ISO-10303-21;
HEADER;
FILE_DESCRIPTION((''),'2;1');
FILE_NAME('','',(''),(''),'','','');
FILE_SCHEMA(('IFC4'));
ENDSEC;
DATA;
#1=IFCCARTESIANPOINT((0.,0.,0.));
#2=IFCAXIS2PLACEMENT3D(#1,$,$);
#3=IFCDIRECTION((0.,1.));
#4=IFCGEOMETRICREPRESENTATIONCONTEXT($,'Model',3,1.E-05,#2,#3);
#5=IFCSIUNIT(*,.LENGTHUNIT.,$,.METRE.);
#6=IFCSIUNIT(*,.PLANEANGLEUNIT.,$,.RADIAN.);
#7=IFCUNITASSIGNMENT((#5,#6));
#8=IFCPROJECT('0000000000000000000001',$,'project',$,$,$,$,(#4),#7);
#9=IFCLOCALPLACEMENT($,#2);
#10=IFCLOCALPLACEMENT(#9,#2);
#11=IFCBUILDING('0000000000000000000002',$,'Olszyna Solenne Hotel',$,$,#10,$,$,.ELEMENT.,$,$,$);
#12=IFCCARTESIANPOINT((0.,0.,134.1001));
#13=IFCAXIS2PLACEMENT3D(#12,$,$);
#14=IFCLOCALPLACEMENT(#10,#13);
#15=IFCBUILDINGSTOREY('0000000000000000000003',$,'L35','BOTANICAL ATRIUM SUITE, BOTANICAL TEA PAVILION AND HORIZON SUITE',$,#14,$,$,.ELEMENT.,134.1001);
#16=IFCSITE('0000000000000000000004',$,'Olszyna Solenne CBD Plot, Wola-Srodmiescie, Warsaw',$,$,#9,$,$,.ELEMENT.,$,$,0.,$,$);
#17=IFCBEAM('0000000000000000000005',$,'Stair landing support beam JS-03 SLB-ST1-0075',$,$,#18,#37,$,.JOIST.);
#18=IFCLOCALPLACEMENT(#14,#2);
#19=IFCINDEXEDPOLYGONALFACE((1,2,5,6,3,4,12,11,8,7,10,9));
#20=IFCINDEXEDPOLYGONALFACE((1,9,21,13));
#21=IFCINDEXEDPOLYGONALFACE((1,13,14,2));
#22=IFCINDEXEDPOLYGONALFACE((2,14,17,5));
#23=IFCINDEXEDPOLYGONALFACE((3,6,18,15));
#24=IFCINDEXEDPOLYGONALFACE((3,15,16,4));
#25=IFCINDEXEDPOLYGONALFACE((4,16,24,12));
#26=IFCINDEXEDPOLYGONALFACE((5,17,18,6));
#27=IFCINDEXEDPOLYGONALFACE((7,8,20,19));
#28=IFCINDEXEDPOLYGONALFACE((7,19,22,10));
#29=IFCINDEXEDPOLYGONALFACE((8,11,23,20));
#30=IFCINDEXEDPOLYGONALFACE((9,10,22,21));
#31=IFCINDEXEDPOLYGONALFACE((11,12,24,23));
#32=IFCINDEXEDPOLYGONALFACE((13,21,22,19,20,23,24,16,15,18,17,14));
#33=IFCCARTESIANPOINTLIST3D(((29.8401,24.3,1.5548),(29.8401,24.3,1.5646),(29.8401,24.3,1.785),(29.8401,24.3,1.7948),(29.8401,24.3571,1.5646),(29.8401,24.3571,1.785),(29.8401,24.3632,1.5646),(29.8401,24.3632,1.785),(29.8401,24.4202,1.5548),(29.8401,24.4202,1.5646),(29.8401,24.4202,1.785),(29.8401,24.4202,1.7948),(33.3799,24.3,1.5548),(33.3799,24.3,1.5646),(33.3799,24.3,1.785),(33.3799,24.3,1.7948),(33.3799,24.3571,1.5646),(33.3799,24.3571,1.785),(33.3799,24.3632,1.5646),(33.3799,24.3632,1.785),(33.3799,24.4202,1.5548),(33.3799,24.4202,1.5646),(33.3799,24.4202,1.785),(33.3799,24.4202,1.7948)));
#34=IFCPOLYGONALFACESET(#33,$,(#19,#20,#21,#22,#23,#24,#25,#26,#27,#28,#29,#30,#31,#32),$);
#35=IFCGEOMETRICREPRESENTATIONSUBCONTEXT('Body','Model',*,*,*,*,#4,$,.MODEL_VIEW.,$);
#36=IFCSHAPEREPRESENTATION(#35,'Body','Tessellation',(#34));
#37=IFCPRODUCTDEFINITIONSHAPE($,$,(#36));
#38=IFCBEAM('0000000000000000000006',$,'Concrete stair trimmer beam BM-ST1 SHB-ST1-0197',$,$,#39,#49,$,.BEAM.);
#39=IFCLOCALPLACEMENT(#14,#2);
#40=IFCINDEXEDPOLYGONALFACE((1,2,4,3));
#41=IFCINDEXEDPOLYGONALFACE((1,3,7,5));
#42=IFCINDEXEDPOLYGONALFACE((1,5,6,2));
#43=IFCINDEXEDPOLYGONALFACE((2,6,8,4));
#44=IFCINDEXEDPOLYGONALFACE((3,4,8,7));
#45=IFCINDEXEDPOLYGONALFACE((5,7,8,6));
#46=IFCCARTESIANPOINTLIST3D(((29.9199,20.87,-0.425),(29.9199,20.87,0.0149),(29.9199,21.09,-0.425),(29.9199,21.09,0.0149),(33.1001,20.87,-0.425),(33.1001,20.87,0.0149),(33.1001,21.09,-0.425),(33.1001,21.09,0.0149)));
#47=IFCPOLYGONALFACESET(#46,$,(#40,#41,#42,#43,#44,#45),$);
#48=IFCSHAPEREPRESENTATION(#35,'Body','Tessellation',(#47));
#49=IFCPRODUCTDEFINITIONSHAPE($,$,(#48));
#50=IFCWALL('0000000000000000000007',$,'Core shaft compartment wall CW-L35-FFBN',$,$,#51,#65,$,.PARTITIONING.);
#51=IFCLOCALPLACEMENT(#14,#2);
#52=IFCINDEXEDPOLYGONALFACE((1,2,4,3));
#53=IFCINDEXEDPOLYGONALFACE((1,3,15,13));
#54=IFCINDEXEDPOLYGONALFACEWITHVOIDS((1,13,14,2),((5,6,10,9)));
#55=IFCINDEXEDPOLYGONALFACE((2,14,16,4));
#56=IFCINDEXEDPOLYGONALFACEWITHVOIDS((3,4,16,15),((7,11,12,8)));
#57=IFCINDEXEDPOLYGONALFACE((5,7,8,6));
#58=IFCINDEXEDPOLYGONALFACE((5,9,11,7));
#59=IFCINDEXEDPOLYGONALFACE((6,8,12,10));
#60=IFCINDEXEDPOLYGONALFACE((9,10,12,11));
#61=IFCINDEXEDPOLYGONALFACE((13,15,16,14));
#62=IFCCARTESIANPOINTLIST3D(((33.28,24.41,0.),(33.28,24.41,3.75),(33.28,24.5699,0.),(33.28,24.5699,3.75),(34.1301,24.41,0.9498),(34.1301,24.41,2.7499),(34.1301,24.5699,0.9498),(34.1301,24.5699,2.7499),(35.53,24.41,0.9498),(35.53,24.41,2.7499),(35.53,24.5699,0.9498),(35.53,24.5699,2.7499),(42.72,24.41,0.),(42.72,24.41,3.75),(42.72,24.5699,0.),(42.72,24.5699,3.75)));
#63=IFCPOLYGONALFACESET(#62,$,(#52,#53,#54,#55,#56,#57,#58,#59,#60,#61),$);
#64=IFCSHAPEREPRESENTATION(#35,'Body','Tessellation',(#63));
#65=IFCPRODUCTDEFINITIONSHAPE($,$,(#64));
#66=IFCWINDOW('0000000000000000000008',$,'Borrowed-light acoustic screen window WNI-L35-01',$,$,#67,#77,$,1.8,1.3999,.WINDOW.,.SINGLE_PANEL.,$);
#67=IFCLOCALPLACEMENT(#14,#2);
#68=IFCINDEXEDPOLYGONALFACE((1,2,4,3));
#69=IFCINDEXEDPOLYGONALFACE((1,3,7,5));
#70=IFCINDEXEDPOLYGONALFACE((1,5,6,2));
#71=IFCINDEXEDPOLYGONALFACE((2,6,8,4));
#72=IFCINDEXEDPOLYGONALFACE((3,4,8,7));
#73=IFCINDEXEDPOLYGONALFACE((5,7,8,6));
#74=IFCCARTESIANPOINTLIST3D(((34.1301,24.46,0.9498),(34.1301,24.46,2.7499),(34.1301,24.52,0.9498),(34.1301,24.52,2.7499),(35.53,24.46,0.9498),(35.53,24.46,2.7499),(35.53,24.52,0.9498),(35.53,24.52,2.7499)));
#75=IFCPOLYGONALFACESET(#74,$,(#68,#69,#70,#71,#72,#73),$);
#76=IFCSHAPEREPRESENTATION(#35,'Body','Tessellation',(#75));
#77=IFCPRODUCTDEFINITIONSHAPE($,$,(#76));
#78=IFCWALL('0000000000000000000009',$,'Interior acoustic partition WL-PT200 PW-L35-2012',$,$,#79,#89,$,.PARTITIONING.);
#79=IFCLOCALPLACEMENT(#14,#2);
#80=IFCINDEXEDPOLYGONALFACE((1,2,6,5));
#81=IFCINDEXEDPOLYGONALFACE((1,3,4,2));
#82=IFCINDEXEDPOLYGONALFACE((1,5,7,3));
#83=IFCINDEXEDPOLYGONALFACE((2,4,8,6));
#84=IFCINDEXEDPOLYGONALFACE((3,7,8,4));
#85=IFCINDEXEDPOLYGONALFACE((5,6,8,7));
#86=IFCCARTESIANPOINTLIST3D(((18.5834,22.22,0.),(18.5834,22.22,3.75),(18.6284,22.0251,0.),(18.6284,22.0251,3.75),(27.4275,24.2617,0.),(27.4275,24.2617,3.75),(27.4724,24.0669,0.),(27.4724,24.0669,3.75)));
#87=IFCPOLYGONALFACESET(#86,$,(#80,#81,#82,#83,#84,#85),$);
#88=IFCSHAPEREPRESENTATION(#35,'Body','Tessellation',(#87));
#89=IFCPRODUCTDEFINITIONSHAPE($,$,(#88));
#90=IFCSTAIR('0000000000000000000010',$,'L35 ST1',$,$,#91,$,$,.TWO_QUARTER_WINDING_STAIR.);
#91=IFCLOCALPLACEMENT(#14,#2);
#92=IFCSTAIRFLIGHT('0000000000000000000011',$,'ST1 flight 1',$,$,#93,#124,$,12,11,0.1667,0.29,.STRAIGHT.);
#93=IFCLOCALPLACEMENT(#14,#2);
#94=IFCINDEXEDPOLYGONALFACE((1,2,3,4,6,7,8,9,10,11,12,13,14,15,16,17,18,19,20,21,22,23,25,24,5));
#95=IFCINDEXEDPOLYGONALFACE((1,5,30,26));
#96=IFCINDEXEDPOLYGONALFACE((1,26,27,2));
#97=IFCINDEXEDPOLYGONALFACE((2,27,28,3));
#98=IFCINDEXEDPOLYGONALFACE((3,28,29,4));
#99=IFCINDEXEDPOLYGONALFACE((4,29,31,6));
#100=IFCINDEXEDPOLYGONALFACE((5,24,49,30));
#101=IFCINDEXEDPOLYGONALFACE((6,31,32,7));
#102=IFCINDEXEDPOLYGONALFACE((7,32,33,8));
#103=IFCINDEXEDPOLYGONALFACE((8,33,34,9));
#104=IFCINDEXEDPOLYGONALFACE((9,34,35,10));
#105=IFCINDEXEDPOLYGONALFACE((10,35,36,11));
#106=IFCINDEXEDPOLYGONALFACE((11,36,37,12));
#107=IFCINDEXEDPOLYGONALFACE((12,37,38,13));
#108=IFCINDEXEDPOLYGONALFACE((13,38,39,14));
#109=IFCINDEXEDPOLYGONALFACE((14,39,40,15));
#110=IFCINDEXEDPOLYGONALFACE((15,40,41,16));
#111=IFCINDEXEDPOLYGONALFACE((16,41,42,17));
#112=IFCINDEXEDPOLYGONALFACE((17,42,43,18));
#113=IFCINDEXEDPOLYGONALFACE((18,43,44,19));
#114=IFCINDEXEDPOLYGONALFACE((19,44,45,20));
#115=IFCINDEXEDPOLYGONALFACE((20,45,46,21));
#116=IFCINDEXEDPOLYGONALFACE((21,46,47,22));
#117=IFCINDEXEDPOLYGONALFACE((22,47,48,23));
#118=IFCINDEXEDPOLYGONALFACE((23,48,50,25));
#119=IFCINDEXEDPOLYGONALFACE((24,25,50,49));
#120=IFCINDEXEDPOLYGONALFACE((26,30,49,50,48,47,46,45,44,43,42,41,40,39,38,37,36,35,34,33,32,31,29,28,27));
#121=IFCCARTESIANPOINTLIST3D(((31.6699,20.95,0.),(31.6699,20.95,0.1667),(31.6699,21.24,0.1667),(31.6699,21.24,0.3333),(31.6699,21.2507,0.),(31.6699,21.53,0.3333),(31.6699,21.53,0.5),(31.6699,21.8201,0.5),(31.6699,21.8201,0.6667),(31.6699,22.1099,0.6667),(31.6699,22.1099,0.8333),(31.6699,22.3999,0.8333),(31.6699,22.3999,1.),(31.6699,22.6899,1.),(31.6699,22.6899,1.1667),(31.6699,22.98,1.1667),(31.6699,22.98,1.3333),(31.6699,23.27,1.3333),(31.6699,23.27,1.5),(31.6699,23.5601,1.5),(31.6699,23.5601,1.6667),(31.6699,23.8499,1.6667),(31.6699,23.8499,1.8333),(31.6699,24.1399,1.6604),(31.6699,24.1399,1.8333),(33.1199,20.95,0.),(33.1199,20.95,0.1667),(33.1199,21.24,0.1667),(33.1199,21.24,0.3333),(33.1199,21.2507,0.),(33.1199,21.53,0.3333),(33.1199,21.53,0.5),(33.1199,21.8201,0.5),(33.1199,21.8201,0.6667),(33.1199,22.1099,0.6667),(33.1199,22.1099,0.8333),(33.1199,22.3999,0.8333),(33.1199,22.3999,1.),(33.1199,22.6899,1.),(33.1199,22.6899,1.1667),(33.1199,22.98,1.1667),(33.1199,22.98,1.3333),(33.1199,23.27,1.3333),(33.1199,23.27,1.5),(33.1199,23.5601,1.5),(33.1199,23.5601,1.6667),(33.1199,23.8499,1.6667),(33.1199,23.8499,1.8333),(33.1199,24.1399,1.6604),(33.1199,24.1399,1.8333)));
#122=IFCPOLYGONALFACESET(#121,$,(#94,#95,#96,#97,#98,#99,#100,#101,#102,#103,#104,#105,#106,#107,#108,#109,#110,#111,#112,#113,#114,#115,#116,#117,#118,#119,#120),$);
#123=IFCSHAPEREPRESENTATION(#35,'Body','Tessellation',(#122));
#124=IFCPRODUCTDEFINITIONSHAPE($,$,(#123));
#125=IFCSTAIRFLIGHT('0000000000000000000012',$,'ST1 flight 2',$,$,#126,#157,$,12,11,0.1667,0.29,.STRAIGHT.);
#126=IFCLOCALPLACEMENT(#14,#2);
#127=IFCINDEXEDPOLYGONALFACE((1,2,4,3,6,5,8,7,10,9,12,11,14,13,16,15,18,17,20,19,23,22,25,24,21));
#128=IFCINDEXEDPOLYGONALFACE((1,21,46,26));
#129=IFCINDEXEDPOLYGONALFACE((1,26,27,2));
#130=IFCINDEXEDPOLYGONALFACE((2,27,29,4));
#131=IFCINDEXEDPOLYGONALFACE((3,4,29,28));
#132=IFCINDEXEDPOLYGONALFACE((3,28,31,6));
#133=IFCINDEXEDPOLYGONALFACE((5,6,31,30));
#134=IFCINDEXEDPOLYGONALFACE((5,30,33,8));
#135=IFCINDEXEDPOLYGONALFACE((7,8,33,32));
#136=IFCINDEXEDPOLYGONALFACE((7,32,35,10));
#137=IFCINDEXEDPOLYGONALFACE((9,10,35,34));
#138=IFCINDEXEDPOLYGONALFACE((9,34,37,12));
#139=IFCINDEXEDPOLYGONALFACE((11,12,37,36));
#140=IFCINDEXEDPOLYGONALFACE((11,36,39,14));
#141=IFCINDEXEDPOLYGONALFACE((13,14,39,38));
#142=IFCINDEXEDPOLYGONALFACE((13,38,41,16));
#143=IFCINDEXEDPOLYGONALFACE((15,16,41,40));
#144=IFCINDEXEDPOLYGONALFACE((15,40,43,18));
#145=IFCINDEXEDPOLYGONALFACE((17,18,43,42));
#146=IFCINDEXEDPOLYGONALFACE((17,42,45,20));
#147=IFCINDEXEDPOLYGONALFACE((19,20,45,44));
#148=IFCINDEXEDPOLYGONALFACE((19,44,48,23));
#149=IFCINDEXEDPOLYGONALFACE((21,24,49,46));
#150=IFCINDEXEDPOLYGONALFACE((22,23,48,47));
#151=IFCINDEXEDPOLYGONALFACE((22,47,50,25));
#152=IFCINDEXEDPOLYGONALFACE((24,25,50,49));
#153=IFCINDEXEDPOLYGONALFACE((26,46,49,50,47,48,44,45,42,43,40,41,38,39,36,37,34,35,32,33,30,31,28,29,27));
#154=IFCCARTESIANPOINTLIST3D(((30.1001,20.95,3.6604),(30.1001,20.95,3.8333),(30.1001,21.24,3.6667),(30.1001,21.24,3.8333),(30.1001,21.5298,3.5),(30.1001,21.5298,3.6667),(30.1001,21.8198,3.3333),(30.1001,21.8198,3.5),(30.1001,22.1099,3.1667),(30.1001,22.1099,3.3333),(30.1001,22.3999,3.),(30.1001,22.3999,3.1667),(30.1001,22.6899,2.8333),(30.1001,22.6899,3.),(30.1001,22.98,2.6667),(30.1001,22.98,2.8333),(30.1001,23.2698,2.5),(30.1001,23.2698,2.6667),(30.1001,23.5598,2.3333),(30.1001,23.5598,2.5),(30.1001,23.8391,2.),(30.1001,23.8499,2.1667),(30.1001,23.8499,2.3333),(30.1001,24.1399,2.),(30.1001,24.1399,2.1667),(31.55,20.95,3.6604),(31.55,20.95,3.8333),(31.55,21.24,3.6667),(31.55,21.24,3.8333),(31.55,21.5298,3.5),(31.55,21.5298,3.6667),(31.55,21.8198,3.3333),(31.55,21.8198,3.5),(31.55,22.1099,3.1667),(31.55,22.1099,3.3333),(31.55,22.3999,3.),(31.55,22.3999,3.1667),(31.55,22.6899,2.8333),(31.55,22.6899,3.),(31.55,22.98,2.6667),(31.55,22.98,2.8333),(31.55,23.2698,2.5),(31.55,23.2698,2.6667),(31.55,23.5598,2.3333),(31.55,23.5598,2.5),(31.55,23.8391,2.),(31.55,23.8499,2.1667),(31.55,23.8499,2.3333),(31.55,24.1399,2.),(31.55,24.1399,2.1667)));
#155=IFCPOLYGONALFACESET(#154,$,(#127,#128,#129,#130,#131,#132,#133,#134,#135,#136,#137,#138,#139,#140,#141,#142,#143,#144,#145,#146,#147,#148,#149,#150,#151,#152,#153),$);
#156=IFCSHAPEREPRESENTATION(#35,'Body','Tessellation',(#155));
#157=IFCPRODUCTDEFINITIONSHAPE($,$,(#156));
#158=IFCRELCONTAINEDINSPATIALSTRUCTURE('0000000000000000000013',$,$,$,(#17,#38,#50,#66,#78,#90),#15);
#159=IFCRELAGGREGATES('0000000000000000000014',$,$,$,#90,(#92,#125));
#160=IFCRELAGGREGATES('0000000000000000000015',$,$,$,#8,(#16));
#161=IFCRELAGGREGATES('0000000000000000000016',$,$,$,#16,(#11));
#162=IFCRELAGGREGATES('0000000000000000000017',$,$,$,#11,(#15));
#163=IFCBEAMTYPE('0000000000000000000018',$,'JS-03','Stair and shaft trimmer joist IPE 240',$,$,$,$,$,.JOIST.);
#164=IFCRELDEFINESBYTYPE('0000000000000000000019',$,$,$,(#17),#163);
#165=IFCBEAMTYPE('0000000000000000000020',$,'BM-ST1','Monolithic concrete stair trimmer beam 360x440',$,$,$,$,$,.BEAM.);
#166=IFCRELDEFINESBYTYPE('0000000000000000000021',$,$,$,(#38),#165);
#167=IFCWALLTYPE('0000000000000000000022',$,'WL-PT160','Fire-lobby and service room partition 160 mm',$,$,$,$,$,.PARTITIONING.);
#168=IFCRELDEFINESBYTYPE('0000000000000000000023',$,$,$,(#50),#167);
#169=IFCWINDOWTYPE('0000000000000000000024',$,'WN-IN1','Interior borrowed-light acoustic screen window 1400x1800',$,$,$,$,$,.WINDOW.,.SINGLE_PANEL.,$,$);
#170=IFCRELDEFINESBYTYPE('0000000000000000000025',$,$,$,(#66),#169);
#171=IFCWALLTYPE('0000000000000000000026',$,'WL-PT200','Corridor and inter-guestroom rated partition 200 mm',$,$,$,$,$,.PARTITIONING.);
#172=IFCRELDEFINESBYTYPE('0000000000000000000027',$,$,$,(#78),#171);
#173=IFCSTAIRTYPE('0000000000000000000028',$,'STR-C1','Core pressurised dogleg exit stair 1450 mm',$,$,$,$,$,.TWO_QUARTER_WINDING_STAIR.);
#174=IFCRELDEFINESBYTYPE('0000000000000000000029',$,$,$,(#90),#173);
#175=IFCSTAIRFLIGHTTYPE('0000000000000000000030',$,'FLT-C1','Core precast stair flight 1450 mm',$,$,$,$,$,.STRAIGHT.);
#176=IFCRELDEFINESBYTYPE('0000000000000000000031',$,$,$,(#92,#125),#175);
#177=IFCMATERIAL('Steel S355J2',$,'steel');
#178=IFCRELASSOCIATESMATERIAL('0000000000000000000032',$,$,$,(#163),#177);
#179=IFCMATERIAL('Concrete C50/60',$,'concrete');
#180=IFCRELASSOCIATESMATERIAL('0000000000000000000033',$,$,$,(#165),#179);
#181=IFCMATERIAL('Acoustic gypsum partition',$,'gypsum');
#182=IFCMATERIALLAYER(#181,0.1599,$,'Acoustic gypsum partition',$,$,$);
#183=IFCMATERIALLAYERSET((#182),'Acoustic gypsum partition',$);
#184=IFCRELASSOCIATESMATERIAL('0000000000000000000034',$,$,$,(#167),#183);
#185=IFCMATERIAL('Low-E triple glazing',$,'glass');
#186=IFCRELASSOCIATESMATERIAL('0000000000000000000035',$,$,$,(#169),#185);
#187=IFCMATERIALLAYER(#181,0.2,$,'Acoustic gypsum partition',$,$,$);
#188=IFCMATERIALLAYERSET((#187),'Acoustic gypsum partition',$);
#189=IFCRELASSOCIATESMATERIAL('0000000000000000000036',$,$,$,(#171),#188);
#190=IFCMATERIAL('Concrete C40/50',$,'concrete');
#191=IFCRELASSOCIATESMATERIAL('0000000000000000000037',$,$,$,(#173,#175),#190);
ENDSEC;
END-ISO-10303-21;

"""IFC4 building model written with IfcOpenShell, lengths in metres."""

from ifc_helpers import new_model, si_unit, direction, frame, frame_2d, origin, origin_2d, place, context, subcontext, project, spatial, polyline, rectangle, i_section, outline, extrude, source, transform, mapped, material, layer, layer_set, material_profile, profile_set, type_object, type_shapes, element, fill, aggregate, save


model = new_model("IFC4")

# Units and contexts
model_context = context("Model", 3, precision=1e-05, world=origin(), true_north=direction((0.0, 1.0)))
body_context = subcontext(model_context, "Body", "Model", "MODEL_VIEW")
ifc_project = project(units=[si_unit("LENGTHUNIT", "METRE"), si_unit("PLANEANGLEUNIT", "RADIAN")], contexts=[model_context])

# Site, building, storey
site_placement = place(None, origin())
site = spatial("IfcSite", under=ifc_project, at=site_placement, Name="Olszyna Solenne CBD Plot, Wola-Srodmiescie, Warsaw", CompositionType="ELEMENT", RefElevation=0.0)
building_placement = place(site_placement, origin())
building = spatial("IfcBuilding", under=site, at=building_placement, Name="Olszyna Solenne Hotel", CompositionType="ELEMENT")
storey_placement = place(building_placement, frame((0.0, 0.0, 134.1001)))
storey = spatial("IfcBuildingStorey", under=building, at=storey_placement, Name="L35", Description="BOTANICAL ATRIUM SUITE, BOTANICAL TEA PAVILION AND HORIZON SUITE", CompositionType="ELEMENT", Elevation=134.1001)

# Beams
ifc_material_1 = material(Name="Steel S355J2", Category="steel")
ifc_material_profile_1 = material_profile(ifc_material_1, i_section(OverallWidth=0.1201, OverallDepth=0.24, WebThickness=0.0061, FlangeThickness=0.0098, at=origin_2d()), Name="IPE 240", Category="load-bearing")
ifc_profile_set_1 = profile_set([ifc_material_profile_1], Name="Steel S355J2")
beam_type_1 = type_object("IfcBeamType", Name="JS-03", Description="Stair and shaft trimmer joist IPE 240", PredefinedType="JOIST", material=ifc_profile_set_1)
shared_shape_1 = source(origin(), body_context, "Body", "SweptSolid", [
    extrude(i_section(OverallWidth=0.1201, OverallDepth=0.24, WebThickness=0.0061, FlangeThickness=0.0098, at=origin_2d()), origin(), (0.0, 0.0, 1.0), 3.5398),
])
beam_1_placement = place(storey_placement, frame((33.3799, 24.3601, 1.6748), z_axis=(-1.0, 0.0, 0.0), x_axis=(0.0, -1.0, 0.0)))
element("IfcBeam", 1, at=beam_1_placement, inside=storey, type_object=beam_type_1, Name="Stair landing support beam JS-03 SLB-ST1-0075", PredefinedType="JOIST", context=body_context, shape_type="MappedRepresentation", body=[
    mapped(shared_shape_1, transform((0.0, 0.0, 0.0), x_axis=(1.0, 0.0, 0.0), y_axis=(0.0, 1.0, 0.0), z_axis=(0.0, 0.0, 1.0), scale=1.0)),
])
ifc_material_2 = material(Name="Concrete C50/60", Category="concrete")
ifc_material_profile_2 = material_profile(ifc_material_2, rectangle(XDim=0.22, YDim=0.4399, at=origin_2d()), Name="RC 220x440", Category="load-bearing")
ifc_profile_set_2 = profile_set([ifc_material_profile_2], Name="Concrete C50/60")
beam_type_2 = type_object("IfcBeamType", Name="BM-ST1", Description="Monolithic concrete stair trimmer beam 360x440", PredefinedType="BEAM", material=ifc_profile_set_2)
shared_shape_2 = source(origin(), body_context, "Body", "SweptSolid", [
    extrude(rectangle(XDim=0.22, YDim=0.4399, at=origin_2d()), origin(), (0.0, 0.0, 1.0), 3.1802),
])
beam_2_placement = place(storey_placement, frame((33.1001, 20.98, -0.2051), z_axis=(-1.0, 0.0, 0.0), x_axis=(0.0, -1.0, 0.0)))
element("IfcBeam", 2, at=beam_2_placement, inside=storey, type_object=beam_type_2, Name="Concrete stair trimmer beam BM-ST1 SHB-ST1-0197", PredefinedType="BEAM", context=body_context, shape_type="MappedRepresentation", body=[
    mapped(shared_shape_2, transform((0.0, 0.0, 0.0), x_axis=(1.0, 0.0, 0.0), y_axis=(0.0, 1.0, 0.0), z_axis=(0.0, 0.0, 1.0), scale=1.0)),
])

# Wall, opening, window
ifc_material_3 = material(Name="Acoustic gypsum partition", Category="gypsum")
ifc_layer_1 = layer(ifc_material_3, 0.1599, Name="Acoustic gypsum partition")
ifc_layer_set_1 = layer_set([ifc_layer_1], Name="Acoustic gypsum partition")
wall_type_1 = type_object("IfcWallType", Name="WL-PT160", Description="Fire-lobby and service room partition 160 mm", PredefinedType="PARTITIONING", material=ifc_layer_set_1)
wall_1_placement = place(storey_placement, frame((33.28, 24.49, 0.0), z_axis=(0.0, 0.0, 1.0), x_axis=(1.0, 0.0, 0.0)))
wall_1 = element("IfcWall", 3, at=wall_1_placement, inside=storey, type_object=wall_type_1, Name="Core shaft compartment wall CW-L35-FFBN", PredefinedType="PARTITIONING", context=body_context, shape_type="SweptSolid", body=[
    extrude(rectangle(XDim=9.4399, YDim=0.1599, at=frame_2d((4.72, 0.0))), origin(), (0.0, 0.0, 1.0), 3.75),
])
opening_placement = place(wall_1_placement, frame((0.8501, 0.0, 0.95)))
opening = element("IfcOpeningElement", 4, at=opening_placement, cuts=wall_1, PredefinedType="OPENING", context=body_context, shape_type="SweptSolid", body=[
    extrude(rectangle(XDim=1.3999, YDim=1.8, at=frame_2d((0.7, 0.8999))), frame((0.0, 0.0898, 0.0), z_axis=(0.0, -1.0, 0.0), x_axis=(1.0, 0.0, 0.0)), (0.0, 0.0, 1.0), 0.1799),
])
ifc_material_4 = material(Name="Low-E triple glazing", Category="glass")
window_type = type_object("IfcWindowType", Name="WN-IN1", Description="Interior borrowed-light acoustic screen window 1400x1800", PartitioningType="SINGLE_PANEL", PredefinedType="WINDOW", material=ifc_material_4)
shared_shape_3 = source(origin(), body_context, "Body", "SweptSolid", [
    extrude(rectangle(XDim=1.3999, YDim=1.8, at=frame_2d((0.7, 0.8999))), frame((0.0, 0.03, 0.0), z_axis=(0.0, -1.0, 0.0), x_axis=(1.0, 0.0, 0.0)), (0.0, 0.0, 1.0), 0.0601),
])
type_shapes(window_type, [shared_shape_3])
window_placement = place(opening_placement, origin())
window = element("IfcWindow", 5, at=window_placement, inside=storey, type_object=window_type, Name="Borrowed-light acoustic screen window WNI-L35-01", OverallHeight=1.8, OverallWidth=1.3999, PartitioningType="SINGLE_PANEL", PredefinedType="WINDOW", context=body_context, shape_type="MappedRepresentation", body=[
    mapped(shared_shape_3, transform((0.0, 0.0, 0.0), x_axis=(1.0, 0.0, 0.0), y_axis=(0.0, 1.0, 0.0), z_axis=(0.0, 0.0, 1.0), scale=1.0)),
])
fill(opening, window)

# Wall
ifc_layer_2 = layer(ifc_material_3, 0.2, Name="Acoustic gypsum partition")
ifc_layer_set_2 = layer_set([ifc_layer_2], Name="Acoustic gypsum partition")
wall_type_2 = type_object("IfcWallType", Name="WL-PT200", Description="Corridor and inter-guestroom rated partition 200 mm", PredefinedType="PARTITIONING", material=ifc_layer_set_2)
wall_2_placement = place(storey_placement, frame((27.45, 24.1643, 0.0), z_axis=(0.0, 0.0, 1.0), x_axis=(-0.974371, -0.224946, 0.0)))
element("IfcWall", 6, at=wall_2_placement, inside=storey, type_object=wall_type_2, Name="Interior acoustic partition WL-PT200 PW-L35-2012", PredefinedType="PARTITIONING", context=body_context, shape_type="SweptSolid", body=[
    extrude(rectangle(XDim=9.0767, YDim=0.2, at=frame_2d((4.5383, 0.0))), origin(), (0.0, 0.0, 1.0), 3.75),
])

# Stair, stair flights
ifc_material_5 = material(Name="Concrete C40/50", Category="concrete")
stair_type = type_object("IfcStairType", Name="STR-C1", Description="Core pressurised dogleg exit stair 1450 mm", PredefinedType="TWO_QUARTER_WINDING_STAIR", material=ifc_material_5)
stair_placement = place(storey_placement, origin())
stair = element("IfcStair", 7, at=stair_placement, inside=storey, type_object=stair_type, Name="L35 ST1", PredefinedType="TWO_QUARTER_WINDING_STAIR")
stair_flight_type = type_object("IfcStairFlightType", Name="FLT-C1", Description="Core precast stair flight 1450 mm", PredefinedType="STRAIGHT", material=ifc_material_5)
stair_flight_1_placement = place(storey_placement, frame((32.395, 20.95, 0.0), z_axis=(0.0, 0.0, 1.0), x_axis=(0.0, 1.0, 0.0)))
stair_flight_1 = element("IfcStairFlight", 8, at=stair_flight_1_placement, type_object=stair_flight_type, Name="ST1 flight 1", NumberOfRisers=12, NumberOfTreads=11, PredefinedType="STRAIGHT", RiserHeight=0.1667, TreadLength=0.29, context=body_context, shape_type="SweptSolid", body=[
    extrude(outline(polyline([(0.0, 0.0), (0.0, 0.1667), (0.29, 0.1667), (0.29, 0.3333), (0.5801, 0.3333), (0.5801, 0.5), (0.8701, 0.5), (0.8701, 0.6667), (1.1599, 0.6667), (1.1599, 0.8333), (1.45, 0.8333), (1.45, 1.0), (1.74, 1.0), (1.74, 1.1667), (2.03, 1.1667), (2.03, 1.3333), (2.3201, 1.3333), (2.3201, 1.5), (2.6101, 1.5), (2.6101, 1.6667), (2.8999, 1.6667), (2.8999, 1.8333), (3.1899, 1.8333), (3.1899, 2.0), (3.1899, 1.6604), (0.3008, 0.0), (0.0, 0.0)])), frame((0.0, 0.7251, 0.0), z_axis=(0.0, -1.0, 0.0), x_axis=(1.0, 0.0, 0.0)), (0.0, 0.0, 1.0), 1.45),
])
stair_flight_2_placement = place(storey_placement, frame((30.825, 24.1399, 2.0), z_axis=(0.0, 0.0, 1.0), x_axis=(0.0, -1.0, 0.0)))
stair_flight_2 = element("IfcStairFlight", 9, at=stair_flight_2_placement, type_object=stair_flight_type, Name="ST1 flight 2", NumberOfRisers=12, NumberOfTreads=11, PredefinedType="STRAIGHT", RiserHeight=0.1667, TreadLength=0.29, context=body_context, shape_type="SweptSolid", body=[
    extrude(outline(polyline([(0.0, 0.0), (0.0, 0.1667), (0.29, 0.1667), (0.29, 0.3333), (0.5801, 0.3333), (0.5801, 0.5), (0.8701, 0.5), (0.8701, 0.6667), (1.1599, 0.6667), (1.1599, 0.8333), (1.45, 0.8333), (1.45, 1.0), (1.74, 1.0), (1.74, 1.1667), (2.03, 1.1667), (2.03, 1.3333), (2.3201, 1.3333), (2.3201, 1.5), (2.6101, 1.5), (2.6101, 1.6667), (2.8999, 1.6667), (2.8999, 1.8333), (3.1899, 1.8333), (3.1899, 2.0), (3.1899, 1.6604), (0.3008, 0.0), (0.0, 0.0)])), frame((0.0, 0.7251, 0.0), z_axis=(0.0, -1.0, 0.0), x_axis=(1.0, 0.0, 0.0)), (0.0, 0.0, 1.0), 1.45),
])
aggregate(stair, [stair_flight_1, stair_flight_2])

save(model, "model.ifc")
